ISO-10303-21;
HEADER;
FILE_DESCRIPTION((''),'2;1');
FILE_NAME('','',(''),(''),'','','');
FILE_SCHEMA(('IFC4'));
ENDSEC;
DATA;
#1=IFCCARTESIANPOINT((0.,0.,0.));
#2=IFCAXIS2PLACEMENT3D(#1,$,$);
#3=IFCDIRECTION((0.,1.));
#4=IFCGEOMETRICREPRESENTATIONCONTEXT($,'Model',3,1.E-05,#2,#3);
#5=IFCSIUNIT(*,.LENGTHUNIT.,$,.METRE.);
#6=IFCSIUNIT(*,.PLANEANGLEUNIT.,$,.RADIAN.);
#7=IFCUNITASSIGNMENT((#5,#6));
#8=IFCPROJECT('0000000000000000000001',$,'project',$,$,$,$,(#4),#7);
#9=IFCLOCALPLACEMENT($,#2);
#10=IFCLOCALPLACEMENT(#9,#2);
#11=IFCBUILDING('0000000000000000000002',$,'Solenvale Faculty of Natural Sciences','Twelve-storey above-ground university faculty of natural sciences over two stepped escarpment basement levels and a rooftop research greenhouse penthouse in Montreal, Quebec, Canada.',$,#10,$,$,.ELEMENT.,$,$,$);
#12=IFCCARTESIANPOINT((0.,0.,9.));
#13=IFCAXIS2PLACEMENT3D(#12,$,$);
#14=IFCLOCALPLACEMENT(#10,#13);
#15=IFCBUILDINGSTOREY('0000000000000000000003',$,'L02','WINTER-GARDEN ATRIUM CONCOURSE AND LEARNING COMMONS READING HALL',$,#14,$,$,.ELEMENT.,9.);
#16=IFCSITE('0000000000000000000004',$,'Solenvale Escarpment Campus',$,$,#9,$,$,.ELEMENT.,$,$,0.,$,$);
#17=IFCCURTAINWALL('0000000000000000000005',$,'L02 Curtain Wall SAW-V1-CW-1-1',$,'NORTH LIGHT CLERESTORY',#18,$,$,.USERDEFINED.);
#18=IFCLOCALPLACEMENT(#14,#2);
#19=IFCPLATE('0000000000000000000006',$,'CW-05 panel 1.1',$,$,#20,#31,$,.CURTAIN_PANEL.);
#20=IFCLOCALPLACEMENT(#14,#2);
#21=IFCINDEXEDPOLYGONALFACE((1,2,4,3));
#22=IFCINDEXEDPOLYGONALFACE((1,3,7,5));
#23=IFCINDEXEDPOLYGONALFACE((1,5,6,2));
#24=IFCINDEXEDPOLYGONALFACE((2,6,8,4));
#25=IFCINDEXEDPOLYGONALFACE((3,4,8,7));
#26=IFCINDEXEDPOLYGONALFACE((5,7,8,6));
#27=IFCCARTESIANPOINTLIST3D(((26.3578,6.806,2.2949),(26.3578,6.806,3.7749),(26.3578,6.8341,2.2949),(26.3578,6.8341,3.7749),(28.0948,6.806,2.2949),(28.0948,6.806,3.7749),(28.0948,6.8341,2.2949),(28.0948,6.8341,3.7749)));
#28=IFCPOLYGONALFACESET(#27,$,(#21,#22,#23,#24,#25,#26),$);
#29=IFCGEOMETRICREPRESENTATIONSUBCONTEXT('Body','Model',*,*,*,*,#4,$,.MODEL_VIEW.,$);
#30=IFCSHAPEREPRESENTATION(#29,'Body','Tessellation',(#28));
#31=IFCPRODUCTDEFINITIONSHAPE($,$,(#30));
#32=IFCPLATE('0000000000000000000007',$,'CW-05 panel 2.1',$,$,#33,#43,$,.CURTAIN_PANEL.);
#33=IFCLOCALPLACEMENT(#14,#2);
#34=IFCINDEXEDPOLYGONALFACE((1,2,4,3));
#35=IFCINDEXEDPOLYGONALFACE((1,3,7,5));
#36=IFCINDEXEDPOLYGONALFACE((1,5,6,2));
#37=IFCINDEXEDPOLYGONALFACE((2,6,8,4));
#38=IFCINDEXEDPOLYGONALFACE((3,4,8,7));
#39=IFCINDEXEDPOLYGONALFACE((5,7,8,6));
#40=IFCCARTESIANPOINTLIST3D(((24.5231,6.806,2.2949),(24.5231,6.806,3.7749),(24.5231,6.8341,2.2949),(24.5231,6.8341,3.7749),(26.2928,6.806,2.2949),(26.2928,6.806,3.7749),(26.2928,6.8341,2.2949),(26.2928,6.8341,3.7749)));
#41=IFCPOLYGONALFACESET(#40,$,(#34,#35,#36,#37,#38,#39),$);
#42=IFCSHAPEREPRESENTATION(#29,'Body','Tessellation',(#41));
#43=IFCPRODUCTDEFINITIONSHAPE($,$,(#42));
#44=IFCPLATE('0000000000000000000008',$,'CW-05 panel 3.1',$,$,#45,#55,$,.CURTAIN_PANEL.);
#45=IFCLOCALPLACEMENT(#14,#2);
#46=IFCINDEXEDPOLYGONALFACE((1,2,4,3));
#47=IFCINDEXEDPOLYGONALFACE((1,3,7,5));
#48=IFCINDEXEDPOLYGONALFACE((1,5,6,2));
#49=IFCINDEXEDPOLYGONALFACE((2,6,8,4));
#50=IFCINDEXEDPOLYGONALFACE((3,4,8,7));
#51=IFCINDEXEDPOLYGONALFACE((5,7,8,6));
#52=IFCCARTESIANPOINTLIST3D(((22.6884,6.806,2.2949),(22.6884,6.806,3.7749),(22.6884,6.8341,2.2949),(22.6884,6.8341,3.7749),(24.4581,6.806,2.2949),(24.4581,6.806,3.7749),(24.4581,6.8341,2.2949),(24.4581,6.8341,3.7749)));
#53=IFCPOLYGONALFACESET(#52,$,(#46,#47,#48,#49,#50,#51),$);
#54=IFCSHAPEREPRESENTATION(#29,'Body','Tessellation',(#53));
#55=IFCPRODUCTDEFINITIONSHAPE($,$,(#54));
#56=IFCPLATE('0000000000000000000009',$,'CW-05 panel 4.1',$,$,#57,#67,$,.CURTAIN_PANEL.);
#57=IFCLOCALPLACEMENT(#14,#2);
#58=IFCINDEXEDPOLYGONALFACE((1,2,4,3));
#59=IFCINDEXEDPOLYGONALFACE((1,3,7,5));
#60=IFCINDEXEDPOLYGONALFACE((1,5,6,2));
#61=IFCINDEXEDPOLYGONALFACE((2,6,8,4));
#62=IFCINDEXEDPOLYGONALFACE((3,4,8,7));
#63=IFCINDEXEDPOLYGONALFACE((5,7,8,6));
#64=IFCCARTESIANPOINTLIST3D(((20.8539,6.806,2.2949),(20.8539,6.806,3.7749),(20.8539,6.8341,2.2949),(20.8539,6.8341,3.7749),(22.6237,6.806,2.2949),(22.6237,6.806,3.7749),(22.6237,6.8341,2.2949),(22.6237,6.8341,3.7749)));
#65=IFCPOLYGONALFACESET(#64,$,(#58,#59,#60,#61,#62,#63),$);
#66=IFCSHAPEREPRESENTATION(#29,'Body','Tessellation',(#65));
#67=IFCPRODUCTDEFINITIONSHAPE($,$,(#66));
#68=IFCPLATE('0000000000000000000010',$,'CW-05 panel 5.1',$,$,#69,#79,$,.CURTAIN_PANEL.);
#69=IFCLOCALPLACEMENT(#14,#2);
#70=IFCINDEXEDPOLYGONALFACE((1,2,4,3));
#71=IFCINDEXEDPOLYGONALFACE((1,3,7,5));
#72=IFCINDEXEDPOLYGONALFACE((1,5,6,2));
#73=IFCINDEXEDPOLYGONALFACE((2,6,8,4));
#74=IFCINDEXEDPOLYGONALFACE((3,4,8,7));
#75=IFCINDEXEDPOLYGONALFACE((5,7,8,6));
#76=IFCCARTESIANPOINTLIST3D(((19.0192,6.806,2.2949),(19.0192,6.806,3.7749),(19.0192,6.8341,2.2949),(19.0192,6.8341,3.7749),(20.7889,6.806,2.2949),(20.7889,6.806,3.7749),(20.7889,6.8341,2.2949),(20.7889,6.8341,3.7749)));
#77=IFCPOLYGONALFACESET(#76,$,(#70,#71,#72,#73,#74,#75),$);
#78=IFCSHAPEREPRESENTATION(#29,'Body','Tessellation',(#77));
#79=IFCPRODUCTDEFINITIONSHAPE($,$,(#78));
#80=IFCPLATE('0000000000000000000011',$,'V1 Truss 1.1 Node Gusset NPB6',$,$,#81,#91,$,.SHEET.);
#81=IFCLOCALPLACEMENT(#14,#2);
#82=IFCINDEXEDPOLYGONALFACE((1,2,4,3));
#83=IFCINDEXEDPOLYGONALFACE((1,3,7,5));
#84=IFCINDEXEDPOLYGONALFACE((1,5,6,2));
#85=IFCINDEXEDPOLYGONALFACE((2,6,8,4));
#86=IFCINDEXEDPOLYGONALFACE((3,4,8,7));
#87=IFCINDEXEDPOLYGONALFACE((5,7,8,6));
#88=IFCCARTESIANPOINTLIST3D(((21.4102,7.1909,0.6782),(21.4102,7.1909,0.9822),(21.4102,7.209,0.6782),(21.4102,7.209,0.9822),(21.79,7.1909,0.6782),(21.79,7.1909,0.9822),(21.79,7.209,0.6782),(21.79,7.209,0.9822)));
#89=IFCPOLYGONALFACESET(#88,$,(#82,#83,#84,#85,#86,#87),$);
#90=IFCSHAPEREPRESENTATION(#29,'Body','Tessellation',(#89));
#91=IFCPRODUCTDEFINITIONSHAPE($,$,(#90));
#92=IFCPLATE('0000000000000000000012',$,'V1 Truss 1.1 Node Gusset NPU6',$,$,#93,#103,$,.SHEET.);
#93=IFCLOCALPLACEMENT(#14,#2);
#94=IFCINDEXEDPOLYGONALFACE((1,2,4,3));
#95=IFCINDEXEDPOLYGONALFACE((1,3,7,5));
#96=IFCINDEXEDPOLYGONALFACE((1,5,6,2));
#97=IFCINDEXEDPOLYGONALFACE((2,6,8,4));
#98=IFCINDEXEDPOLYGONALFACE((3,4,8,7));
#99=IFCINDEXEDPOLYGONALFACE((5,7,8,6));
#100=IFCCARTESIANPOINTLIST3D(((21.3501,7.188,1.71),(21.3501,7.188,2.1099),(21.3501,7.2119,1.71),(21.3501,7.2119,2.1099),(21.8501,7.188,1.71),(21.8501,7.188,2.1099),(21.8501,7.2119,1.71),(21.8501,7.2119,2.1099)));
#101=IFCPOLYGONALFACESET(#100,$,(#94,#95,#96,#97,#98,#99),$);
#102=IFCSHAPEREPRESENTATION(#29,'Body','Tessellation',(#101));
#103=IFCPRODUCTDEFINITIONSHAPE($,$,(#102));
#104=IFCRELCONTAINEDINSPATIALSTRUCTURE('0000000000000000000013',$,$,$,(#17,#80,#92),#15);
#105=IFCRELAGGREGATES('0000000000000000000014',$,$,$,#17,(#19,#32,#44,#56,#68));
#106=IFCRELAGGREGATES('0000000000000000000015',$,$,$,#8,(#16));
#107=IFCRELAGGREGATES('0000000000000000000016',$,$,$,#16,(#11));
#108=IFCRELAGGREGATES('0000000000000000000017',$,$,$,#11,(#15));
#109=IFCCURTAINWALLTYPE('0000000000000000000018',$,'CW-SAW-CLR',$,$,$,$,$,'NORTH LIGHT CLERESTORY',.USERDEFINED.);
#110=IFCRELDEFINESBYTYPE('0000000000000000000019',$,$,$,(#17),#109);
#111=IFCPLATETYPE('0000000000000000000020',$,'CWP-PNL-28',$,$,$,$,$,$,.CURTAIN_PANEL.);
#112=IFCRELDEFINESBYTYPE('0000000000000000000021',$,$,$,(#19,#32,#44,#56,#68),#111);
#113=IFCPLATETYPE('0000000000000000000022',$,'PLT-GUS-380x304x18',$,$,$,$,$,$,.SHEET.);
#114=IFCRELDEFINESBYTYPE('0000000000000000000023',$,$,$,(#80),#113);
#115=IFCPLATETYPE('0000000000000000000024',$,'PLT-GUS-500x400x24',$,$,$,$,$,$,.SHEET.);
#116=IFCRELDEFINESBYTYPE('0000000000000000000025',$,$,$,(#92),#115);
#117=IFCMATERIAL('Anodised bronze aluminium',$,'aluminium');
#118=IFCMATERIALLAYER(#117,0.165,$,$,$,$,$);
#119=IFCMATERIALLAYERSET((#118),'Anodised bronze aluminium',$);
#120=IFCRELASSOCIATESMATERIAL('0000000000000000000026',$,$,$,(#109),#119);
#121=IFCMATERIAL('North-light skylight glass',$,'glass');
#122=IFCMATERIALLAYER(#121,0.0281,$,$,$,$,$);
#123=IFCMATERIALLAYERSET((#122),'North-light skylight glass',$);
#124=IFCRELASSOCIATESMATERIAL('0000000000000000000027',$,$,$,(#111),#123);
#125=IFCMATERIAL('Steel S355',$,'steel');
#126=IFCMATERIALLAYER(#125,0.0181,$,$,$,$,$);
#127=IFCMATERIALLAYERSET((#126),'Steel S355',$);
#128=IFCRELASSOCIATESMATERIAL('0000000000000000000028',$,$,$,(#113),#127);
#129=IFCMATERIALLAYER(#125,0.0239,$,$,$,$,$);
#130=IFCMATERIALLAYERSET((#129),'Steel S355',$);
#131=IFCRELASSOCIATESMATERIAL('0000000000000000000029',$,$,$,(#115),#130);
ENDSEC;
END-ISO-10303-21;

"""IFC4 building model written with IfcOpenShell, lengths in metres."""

from ifc_helpers import new_model, si_unit, direction, frame, origin, origin_2d, place, context, subcontext, project, spatial, rectangle, extrude, material, layer, layer_set, type_object, element, aggregate, save


model = new_model("IFC4")

# Units and contexts
model_context = context("Model", 3, precision=1e-05, world=origin(), true_north=direction((0.0, 1.0)))
body_context = subcontext(model_context, "Body", "Model", "MODEL_VIEW")
ifc_project = project(units=[si_unit("LENGTHUNIT", "METRE"), si_unit("PLANEANGLEUNIT", "RADIAN")], contexts=[model_context])

# Site, building, storey
site_placement = place(None, origin())
site = spatial("IfcSite", under=ifc_project, at=site_placement, Name="Solenvale Escarpment Campus", CompositionType="ELEMENT", RefElevation=0.0)
building_placement = place(site_placement, origin())
building = spatial("IfcBuilding", under=site, at=building_placement, Name="Solenvale Faculty of Natural Sciences", Description="Twelve-storey above-ground university faculty of natural sciences over two stepped escarpment basement levels and a rooftop research greenhouse penthouse in Montreal, Quebec, Canada.", CompositionType="ELEMENT")
storey_placement = place(building_placement, frame((0.0, 0.0, 9.0)))
storey = spatial("IfcBuildingStorey", under=building, at=storey_placement, Name="L02", Description="WINTER-GARDEN ATRIUM CONCOURSE AND LEARNING COMMONS READING HALL", CompositionType="ELEMENT", Elevation=9.0)

# Shared definitions
ifc_material_1 = material(Name="Steel S355", Category="steel")

# Curtain wall
ifc_material_2 = material(Name="Anodised bronze aluminium", Category="aluminium")
ifc_layer_1 = layer(ifc_material_2, 0.165)
ifc_layer_set_1 = layer_set([ifc_layer_1], Name="Anodised bronze aluminium")
curtain_wall_type = type_object("IfcCurtainWallType", Name="CW-SAW-CLR", ElementType="NORTH LIGHT CLERESTORY", PredefinedType="USERDEFINED", material=ifc_layer_set_1)
curtain_wall_placement = place(storey_placement, origin())
curtain_wall = element("IfcCurtainWall", 1, at=curtain_wall_placement, inside=storey, type_object=curtain_wall_type, Name="L02 Curtain Wall SAW-V1-CW-1-1", ObjectType="NORTH LIGHT CLERESTORY", PredefinedType="USERDEFINED")

# Plates
ifc_material_3 = material(Name="North-light skylight glass", Category="glass")
ifc_layer_2 = layer(ifc_material_3, 0.0281)
ifc_layer_set_2 = layer_set([ifc_layer_2], Name="North-light skylight glass")
plate_type_1 = type_object("IfcPlateType", Name="CWP-PNL-28", PredefinedType="CURTAIN_PANEL", material=ifc_layer_set_2)
plate_1_placement = place(storey_placement, frame((27.2263, 6.8201, 2.2949), z_axis=(0.0, 0.0, 1.0), x_axis=(-1.0, 0.0, 0.0)))
plate_1 = element("IfcPlate", 2, at=plate_1_placement, type_object=plate_type_1, Name="CW-05 panel 1.1", PredefinedType="CURTAIN_PANEL", context=body_context, shape_type="SweptSolid", body=[
    extrude(rectangle(XDim=1.7371, YDim=0.0281, at=origin_2d()), origin(), (0.0, 0.0, 1.0), 1.48),
])
plate_2_placement = place(storey_placement, frame((25.408, 6.8201, 2.2949), z_axis=(0.0, 0.0, 1.0), x_axis=(-1.0, 0.0, 0.0)))
plate_2 = element("IfcPlate", 3, at=plate_2_placement, type_object=plate_type_1, Name="CW-05 panel 2.1", PredefinedType="CURTAIN_PANEL", context=body_context, shape_type="SweptSolid", body=[
    extrude(rectangle(XDim=1.7698, YDim=0.0281, at=origin_2d()), origin(), (0.0, 0.0, 1.0), 1.48),
])
plate_3_placement = place(storey_placement, frame((23.5732, 6.8201, 2.2949), z_axis=(0.0, 0.0, 1.0), x_axis=(-1.0, 0.0, 0.0)))
plate_3 = element("IfcPlate", 4, at=plate_3_placement, type_object=plate_type_1, Name="CW-05 panel 3.1", PredefinedType="CURTAIN_PANEL", context=body_context, shape_type="SweptSolid", body=[
    extrude(rectangle(XDim=1.7698, YDim=0.0281, at=origin_2d()), origin(), (0.0, 0.0, 1.0), 1.48),
])
plate_4_placement = place(storey_placement, frame((21.7388, 6.8201, 2.2949), z_axis=(0.0, 0.0, 1.0), x_axis=(-1.0, 0.0, 0.0)))
plate_4 = element("IfcPlate", 5, at=plate_4_placement, type_object=plate_type_1, Name="CW-05 panel 4.1", PredefinedType="CURTAIN_PANEL", context=body_context, shape_type="SweptSolid", body=[
    extrude(rectangle(XDim=1.7698, YDim=0.0281, at=origin_2d()), origin(), (0.0, 0.0, 1.0), 1.48),
])
plate_5_placement = place(storey_placement, frame((19.9041, 6.8201, 2.2949), z_axis=(0.0, 0.0, 1.0), x_axis=(-1.0, 0.0, 0.0)))
plate_5 = element("IfcPlate", 6, at=plate_5_placement, type_object=plate_type_1, Name="CW-05 panel 5.1", PredefinedType="CURTAIN_PANEL", context=body_context, shape_type="SweptSolid", body=[
    extrude(rectangle(XDim=1.7698, YDim=0.0281, at=origin_2d()), origin(), (0.0, 0.0, 1.0), 1.48),
])
aggregate(curtain_wall, [plate_1, plate_2, plate_3, plate_4, plate_5])

# Plates
ifc_layer_3 = layer(ifc_material_1, 0.0181)
ifc_layer_set_3 = layer_set([ifc_layer_3], Name="Steel S355")
plate_type_2 = type_object("IfcPlateType", Name="PLT-GUS-380x304x18", PredefinedType="SHEET", material=ifc_layer_set_3)
plate_6_placement = place(storey_placement, frame((21.6001, 7.2, 0.6782), z_axis=(0.0, 0.0, 1.0), x_axis=(1.0, 0.0, 0.0)))
element("IfcPlate", 7, at=plate_6_placement, inside=storey, type_object=plate_type_2, Name="V1 Truss 1.1 Node Gusset NPB6", PredefinedType="SHEET", context=body_context, shape_type="SweptSolid", body=[
    extrude(rectangle(XDim=0.3799, YDim=0.0181, at=origin_2d()), origin(), (0.0, 0.0, 1.0), 0.304),
])
ifc_layer_4 = layer(ifc_material_1, 0.0239)
ifc_layer_set_4 = layer_set([ifc_layer_4], Name="Steel S355")
plate_type_3 = type_object("IfcPlateType", Name="PLT-GUS-500x400x24", PredefinedType="SHEET", material=ifc_layer_set_4)
plate_7_placement = place(storey_placement, frame((21.6001, 7.2, 1.71), z_axis=(0.0, 0.0, 1.0), x_axis=(1.0, 0.0, 0.0)))
element("IfcPlate", 8, at=plate_7_placement, inside=storey, type_object=plate_type_3, Name="V1 Truss 1.1 Node Gusset NPU6", PredefinedType="SHEET", context=body_context, shape_type="SweptSolid", body=[
    extrude(rectangle(XDim=0.5, YDim=0.0239, at=origin_2d()), origin(), (0.0, 0.0, 1.0), 0.3999),
])

save(model, "model.ifc")
